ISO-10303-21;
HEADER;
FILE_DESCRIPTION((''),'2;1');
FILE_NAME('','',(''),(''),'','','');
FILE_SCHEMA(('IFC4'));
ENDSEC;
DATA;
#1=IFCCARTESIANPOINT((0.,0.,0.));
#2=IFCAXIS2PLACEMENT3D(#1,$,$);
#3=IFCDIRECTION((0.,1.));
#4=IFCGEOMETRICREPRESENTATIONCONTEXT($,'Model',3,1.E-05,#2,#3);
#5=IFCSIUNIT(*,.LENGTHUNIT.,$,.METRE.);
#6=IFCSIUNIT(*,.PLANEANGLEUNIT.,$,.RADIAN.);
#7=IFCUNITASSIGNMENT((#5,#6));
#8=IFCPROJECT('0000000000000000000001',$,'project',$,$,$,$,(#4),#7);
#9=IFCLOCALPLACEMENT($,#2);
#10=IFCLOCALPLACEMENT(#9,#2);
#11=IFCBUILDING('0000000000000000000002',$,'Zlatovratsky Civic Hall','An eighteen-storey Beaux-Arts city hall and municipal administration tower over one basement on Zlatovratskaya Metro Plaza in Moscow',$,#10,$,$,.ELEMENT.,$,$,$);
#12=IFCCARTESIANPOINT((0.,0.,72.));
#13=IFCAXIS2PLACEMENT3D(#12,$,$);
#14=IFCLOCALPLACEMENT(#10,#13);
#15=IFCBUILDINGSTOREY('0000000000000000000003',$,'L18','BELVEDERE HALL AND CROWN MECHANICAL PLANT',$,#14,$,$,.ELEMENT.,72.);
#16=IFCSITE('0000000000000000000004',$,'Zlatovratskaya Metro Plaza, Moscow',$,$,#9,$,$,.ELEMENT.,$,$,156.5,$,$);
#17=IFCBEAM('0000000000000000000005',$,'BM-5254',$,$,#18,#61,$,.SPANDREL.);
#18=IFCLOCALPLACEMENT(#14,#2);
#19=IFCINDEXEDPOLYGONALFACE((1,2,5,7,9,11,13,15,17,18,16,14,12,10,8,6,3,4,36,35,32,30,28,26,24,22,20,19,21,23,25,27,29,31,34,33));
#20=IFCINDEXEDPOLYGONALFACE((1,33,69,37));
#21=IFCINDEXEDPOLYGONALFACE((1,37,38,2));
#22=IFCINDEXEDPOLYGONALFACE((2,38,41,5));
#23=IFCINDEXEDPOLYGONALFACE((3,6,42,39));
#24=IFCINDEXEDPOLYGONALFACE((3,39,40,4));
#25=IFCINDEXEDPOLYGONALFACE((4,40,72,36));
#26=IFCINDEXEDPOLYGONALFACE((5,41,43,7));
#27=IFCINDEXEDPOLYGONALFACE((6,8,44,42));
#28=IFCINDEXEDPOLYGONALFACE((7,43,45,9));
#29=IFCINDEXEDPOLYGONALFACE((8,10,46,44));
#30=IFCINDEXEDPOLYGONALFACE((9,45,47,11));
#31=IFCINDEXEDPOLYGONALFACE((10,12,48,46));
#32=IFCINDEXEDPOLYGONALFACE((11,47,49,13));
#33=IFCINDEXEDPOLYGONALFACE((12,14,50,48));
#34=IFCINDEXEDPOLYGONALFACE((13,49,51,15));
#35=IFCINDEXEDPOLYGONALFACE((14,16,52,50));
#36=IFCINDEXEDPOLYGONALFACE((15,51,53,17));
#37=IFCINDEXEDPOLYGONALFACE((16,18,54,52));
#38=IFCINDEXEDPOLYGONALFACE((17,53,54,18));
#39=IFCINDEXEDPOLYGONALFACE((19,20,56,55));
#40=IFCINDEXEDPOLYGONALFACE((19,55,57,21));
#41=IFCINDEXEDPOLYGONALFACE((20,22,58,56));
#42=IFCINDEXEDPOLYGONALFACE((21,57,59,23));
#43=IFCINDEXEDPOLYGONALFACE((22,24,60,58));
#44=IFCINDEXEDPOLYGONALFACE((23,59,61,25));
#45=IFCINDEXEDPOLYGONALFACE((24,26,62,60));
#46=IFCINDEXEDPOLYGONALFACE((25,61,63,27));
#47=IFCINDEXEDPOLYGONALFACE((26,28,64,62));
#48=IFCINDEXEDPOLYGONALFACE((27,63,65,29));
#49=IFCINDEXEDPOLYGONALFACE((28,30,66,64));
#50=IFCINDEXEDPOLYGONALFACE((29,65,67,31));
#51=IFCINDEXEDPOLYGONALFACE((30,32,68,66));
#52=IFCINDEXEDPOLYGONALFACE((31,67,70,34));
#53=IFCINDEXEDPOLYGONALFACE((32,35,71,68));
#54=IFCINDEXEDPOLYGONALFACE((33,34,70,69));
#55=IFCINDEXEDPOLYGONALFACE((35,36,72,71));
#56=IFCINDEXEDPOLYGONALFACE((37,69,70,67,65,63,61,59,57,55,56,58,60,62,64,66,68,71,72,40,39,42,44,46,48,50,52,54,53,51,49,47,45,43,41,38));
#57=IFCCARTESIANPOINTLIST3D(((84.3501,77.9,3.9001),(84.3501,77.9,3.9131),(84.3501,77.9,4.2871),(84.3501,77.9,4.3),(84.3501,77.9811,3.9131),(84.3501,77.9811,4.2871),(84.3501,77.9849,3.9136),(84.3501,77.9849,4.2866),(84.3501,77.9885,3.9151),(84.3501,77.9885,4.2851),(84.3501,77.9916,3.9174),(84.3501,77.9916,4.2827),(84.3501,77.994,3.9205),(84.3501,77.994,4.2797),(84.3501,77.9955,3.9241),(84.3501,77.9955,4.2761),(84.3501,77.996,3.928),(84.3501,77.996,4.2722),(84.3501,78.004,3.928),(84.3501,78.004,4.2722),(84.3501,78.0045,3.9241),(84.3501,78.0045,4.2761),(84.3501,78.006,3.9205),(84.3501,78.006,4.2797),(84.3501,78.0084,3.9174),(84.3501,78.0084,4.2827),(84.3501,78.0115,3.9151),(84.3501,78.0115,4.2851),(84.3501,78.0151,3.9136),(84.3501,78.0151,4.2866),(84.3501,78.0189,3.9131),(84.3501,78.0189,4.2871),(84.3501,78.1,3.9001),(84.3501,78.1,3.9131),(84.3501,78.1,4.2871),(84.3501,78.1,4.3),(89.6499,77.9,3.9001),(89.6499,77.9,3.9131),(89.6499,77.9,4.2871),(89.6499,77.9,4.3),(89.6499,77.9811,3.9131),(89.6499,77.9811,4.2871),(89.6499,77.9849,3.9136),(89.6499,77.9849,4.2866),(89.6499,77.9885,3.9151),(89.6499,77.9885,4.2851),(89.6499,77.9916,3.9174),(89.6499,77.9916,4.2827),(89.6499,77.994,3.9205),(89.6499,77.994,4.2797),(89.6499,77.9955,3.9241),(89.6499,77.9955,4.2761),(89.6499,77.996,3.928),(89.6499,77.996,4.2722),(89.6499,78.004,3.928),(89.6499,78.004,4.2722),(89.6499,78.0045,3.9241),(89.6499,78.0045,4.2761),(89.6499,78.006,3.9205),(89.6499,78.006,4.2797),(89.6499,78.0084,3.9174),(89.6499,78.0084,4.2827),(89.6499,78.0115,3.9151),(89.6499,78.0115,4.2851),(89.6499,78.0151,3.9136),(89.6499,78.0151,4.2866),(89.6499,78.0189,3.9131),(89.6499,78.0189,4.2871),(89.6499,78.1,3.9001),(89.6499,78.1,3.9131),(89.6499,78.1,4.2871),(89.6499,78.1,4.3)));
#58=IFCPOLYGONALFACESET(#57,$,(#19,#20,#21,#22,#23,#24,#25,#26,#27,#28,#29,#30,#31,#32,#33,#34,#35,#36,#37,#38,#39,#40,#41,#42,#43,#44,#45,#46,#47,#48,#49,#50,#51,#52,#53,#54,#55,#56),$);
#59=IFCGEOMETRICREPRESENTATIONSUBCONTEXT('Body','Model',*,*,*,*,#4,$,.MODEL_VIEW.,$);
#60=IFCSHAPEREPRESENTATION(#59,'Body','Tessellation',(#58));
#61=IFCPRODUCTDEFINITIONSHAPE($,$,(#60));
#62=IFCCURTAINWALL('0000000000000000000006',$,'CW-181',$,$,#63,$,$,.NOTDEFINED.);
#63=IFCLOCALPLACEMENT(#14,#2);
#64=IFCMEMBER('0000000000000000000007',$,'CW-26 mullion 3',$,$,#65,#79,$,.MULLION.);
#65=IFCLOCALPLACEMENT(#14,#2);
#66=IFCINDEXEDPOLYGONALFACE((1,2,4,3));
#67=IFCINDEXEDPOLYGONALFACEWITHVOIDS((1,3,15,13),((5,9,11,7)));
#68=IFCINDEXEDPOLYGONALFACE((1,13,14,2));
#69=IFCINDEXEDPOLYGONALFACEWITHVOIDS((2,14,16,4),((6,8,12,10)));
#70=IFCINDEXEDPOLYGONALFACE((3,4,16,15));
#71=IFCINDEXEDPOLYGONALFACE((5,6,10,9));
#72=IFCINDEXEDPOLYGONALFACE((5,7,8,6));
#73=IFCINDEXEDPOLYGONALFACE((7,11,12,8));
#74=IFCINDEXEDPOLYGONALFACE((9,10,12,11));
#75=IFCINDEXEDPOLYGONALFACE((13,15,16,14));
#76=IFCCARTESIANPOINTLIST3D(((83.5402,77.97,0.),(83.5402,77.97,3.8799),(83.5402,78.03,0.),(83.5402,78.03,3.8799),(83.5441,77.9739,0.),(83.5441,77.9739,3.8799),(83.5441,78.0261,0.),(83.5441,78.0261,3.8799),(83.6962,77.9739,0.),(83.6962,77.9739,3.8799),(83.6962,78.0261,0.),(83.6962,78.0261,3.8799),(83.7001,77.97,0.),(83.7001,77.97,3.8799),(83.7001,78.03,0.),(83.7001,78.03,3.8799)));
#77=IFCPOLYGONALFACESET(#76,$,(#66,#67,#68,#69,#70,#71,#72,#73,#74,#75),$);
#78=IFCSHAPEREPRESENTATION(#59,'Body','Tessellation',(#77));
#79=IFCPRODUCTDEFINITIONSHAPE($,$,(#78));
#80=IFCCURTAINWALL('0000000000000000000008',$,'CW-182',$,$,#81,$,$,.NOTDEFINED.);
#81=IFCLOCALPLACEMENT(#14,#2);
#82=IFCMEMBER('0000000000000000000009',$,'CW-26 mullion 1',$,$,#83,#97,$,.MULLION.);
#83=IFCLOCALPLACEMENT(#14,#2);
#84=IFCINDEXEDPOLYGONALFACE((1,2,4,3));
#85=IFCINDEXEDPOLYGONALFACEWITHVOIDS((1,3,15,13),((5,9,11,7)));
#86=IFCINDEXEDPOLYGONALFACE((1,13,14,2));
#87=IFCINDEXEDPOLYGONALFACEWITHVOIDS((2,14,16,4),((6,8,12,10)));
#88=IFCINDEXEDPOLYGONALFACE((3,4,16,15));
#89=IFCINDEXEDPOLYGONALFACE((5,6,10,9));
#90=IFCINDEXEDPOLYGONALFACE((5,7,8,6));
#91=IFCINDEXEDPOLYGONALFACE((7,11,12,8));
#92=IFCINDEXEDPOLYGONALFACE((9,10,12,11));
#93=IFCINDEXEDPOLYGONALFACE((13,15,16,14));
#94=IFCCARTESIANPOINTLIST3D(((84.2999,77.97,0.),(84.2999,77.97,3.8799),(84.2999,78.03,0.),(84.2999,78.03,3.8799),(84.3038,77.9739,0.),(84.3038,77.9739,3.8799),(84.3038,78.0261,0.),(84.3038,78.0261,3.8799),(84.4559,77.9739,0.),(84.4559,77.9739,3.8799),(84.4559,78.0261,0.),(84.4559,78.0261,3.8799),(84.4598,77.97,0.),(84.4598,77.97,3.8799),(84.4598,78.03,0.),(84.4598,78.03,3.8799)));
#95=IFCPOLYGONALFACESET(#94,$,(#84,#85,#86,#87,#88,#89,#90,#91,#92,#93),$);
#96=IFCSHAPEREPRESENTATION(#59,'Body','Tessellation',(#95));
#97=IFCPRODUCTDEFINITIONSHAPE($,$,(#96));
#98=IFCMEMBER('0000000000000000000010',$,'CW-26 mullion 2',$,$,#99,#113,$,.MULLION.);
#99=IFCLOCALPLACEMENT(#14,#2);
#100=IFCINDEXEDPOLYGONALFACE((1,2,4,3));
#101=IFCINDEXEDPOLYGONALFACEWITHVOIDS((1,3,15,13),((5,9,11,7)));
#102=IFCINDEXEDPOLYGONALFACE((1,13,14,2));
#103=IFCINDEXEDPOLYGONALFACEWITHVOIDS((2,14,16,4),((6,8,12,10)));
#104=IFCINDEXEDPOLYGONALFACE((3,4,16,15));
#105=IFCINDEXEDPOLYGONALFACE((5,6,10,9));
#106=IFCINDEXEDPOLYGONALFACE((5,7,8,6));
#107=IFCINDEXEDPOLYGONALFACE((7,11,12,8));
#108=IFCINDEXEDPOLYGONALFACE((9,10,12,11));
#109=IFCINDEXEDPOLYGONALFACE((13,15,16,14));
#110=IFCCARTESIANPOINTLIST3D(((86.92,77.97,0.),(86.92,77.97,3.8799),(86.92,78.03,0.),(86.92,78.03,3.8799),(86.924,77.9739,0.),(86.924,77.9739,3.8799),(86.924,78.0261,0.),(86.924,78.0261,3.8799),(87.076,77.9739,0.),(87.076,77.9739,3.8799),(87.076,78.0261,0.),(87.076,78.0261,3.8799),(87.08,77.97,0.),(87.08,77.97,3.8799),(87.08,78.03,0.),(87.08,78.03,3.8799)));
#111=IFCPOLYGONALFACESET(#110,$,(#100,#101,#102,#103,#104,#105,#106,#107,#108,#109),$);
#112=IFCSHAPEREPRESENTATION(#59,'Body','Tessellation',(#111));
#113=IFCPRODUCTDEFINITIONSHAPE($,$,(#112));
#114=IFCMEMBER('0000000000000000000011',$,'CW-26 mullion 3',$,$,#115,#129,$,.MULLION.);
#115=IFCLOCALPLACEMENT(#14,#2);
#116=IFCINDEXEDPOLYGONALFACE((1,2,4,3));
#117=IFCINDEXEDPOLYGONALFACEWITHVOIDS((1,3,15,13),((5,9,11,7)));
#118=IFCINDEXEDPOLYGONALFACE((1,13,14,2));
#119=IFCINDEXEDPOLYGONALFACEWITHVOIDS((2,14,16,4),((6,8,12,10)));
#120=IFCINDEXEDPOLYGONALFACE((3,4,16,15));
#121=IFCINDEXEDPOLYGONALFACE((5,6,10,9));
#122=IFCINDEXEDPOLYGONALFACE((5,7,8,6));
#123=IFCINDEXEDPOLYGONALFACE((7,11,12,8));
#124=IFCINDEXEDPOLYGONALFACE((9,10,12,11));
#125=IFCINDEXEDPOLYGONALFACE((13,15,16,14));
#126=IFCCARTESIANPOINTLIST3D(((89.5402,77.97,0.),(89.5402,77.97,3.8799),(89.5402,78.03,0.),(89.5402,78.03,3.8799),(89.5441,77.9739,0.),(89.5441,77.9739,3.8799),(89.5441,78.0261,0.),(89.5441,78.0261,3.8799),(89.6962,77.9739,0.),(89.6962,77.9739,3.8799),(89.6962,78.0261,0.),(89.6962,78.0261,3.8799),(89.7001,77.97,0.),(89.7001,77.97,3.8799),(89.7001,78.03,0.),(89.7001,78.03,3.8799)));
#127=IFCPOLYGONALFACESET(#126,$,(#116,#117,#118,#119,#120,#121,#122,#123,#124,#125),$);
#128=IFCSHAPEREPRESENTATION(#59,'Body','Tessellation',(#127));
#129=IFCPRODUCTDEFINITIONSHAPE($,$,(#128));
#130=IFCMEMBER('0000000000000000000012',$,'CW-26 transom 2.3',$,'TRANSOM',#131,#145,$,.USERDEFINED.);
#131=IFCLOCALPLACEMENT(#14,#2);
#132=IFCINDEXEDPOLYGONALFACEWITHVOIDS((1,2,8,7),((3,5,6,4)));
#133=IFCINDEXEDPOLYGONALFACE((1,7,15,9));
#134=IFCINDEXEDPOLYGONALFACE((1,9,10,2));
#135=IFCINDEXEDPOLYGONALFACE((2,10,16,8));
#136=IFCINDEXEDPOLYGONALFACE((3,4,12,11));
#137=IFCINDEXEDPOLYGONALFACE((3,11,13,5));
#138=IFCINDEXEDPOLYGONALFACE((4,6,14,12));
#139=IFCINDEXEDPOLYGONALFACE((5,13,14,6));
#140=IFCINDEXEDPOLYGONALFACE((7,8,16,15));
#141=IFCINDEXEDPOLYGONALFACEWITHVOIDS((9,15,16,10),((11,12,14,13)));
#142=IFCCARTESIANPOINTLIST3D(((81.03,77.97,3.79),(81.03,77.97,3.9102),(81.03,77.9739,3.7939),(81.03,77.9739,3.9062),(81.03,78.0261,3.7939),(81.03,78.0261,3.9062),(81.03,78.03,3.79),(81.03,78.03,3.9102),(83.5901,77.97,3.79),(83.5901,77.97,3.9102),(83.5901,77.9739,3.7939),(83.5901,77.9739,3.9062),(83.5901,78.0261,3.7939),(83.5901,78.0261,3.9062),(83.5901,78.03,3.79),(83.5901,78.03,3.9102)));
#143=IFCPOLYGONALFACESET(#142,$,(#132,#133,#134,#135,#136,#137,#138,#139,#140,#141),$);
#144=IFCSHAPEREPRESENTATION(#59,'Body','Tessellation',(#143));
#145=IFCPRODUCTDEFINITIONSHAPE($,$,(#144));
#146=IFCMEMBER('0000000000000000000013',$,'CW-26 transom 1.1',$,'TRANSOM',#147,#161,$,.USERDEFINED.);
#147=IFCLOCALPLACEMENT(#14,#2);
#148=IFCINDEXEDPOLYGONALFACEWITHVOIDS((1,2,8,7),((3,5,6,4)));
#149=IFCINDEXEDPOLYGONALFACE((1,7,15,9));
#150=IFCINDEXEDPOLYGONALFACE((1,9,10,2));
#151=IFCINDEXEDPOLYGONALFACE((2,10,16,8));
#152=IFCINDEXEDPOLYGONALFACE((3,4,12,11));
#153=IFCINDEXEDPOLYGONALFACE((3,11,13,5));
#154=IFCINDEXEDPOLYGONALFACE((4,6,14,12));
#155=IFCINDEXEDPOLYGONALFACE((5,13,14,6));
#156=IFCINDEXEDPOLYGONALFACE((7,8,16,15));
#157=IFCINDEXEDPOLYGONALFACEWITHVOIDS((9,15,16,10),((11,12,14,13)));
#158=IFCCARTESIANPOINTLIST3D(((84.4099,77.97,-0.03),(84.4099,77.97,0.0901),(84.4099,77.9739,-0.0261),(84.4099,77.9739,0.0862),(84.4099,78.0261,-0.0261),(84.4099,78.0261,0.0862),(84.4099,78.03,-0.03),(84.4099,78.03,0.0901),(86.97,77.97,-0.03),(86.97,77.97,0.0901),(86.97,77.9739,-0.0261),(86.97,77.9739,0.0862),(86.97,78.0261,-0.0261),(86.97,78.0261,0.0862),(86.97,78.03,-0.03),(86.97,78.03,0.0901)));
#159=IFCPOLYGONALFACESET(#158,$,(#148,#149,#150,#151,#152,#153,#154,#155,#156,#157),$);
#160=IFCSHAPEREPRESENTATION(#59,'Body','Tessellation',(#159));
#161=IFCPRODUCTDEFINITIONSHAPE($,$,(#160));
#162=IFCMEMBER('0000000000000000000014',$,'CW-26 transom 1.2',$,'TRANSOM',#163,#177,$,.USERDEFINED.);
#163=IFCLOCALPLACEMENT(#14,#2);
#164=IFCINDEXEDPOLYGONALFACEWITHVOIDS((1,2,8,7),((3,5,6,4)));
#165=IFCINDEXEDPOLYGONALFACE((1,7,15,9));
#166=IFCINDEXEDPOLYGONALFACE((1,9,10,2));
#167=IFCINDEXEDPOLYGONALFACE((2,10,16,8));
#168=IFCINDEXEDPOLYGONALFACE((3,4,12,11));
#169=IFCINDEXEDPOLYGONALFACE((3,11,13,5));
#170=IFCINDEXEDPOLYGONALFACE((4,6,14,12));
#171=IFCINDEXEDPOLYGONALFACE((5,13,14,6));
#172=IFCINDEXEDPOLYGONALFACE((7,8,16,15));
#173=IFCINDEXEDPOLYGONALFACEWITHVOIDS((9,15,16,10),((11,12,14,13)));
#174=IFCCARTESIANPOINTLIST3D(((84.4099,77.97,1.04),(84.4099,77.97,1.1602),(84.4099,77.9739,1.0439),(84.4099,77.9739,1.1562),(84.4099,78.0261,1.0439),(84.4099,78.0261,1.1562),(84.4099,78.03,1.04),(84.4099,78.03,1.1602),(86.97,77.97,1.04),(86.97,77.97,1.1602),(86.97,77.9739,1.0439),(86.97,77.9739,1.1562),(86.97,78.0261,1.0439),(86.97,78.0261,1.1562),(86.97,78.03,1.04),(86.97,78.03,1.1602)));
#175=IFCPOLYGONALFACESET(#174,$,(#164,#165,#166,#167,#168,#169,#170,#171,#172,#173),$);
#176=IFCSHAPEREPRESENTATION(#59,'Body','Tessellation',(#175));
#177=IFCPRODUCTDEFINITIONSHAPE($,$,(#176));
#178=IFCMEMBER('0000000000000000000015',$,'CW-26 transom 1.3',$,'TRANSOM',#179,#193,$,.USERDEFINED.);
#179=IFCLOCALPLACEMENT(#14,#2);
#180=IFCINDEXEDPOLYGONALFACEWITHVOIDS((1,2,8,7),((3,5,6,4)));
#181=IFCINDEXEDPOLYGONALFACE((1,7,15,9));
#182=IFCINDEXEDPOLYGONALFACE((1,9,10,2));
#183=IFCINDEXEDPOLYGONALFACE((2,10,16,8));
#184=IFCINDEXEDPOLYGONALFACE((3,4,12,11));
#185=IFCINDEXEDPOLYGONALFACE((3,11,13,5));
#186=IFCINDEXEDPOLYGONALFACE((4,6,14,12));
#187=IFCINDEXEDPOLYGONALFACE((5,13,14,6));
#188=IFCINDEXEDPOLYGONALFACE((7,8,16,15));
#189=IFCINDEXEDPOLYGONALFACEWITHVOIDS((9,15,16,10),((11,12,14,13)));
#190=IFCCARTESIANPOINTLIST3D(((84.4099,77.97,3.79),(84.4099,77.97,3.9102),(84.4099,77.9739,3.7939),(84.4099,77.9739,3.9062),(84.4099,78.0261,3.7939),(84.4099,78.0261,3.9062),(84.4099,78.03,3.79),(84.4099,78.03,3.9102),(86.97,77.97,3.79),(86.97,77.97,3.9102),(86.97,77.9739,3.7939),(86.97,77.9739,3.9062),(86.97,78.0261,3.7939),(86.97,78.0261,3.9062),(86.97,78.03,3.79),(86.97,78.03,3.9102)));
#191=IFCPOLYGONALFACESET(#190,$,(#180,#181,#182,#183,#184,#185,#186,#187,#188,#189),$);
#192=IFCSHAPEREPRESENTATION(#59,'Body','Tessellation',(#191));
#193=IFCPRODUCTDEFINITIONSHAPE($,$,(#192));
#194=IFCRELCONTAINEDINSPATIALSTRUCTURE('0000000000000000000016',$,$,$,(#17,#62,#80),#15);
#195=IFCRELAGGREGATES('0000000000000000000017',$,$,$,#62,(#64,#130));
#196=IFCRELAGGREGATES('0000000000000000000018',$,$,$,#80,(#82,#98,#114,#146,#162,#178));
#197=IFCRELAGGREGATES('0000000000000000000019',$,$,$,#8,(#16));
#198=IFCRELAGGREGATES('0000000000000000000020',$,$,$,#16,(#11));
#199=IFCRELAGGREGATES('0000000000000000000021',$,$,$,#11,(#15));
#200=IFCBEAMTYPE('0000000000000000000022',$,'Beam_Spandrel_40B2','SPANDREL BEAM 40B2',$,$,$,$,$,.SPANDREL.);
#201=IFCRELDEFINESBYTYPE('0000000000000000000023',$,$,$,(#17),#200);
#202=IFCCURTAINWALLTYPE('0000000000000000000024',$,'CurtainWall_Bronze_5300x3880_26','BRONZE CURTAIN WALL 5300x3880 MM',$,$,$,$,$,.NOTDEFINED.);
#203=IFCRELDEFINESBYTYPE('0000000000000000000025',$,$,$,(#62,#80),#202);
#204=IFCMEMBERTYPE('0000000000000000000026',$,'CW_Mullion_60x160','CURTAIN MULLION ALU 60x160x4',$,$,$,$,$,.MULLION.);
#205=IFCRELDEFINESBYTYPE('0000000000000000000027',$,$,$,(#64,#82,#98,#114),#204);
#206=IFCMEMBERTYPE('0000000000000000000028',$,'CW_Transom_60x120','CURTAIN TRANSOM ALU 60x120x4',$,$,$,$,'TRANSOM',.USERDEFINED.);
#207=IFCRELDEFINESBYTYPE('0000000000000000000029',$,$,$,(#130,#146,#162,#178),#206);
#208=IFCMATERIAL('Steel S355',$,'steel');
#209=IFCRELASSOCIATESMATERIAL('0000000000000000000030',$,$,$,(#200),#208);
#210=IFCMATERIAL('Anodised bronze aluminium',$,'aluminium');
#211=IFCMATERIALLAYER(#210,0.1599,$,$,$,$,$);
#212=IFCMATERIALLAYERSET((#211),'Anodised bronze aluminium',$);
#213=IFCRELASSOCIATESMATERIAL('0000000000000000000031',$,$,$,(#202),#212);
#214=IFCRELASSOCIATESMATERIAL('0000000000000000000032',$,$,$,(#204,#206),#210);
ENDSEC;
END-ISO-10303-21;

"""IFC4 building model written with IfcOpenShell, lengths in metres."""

from ifc_helpers import new_model, si_unit, direction, frame, origin, origin_2d, place, context, subcontext, project, spatial, hollow_rectangle, i_section, extrude, material, layer, layer_set, material_profile, profile_set, type_object, element, aggregate, save


model = new_model("IFC4")

# Units and contexts
model_context = context("Model", 3, precision=1e-05, world=origin(), true_north=direction((0.0, 1.0)))
body_context = subcontext(model_context, "Body", "Model", "MODEL_VIEW")
ifc_project = project(units=[si_unit("LENGTHUNIT", "METRE"), si_unit("PLANEANGLEUNIT", "RADIAN")], contexts=[model_context])

# Site, building, storey
site_placement = place(None, origin())
site = spatial("IfcSite", under=ifc_project, at=site_placement, Name="Zlatovratskaya Metro Plaza, Moscow", CompositionType="ELEMENT", RefElevation=156.5)
building_placement = place(site_placement, origin())
building = spatial("IfcBuilding", under=site, at=building_placement, Name="Zlatovratsky Civic Hall", Description="An eighteen-storey Beaux-Arts city hall and municipal administration tower over one basement on Zlatovratskaya Metro Plaza in Moscow", CompositionType="ELEMENT")
storey_placement = place(building_placement, frame((0.0, 0.0, 72.0)))
storey = spatial("IfcBuildingStorey", under=building, at=storey_placement, Name="L18", Description="BELVEDERE HALL AND CROWN MECHANICAL PLANT", CompositionType="ELEMENT", Elevation=72.0)

# Beam
ifc_material_1 = material(Name="Steel S355", Category="steel")
ifc_material_profile_1 = material_profile(ifc_material_1, i_section(OverallWidth=0.2, OverallDepth=0.3999, WebThickness=0.0081, FlangeThickness=0.0129, FilletRadius=0.0149, at=origin_2d()), Name="40B2")
ifc_profile_set_1 = profile_set([ifc_material_profile_1], Name="Steel S355")
beam_type_1 = type_object("IfcBeamType", Name="Beam_Spandrel_40B2", Description="SPANDREL BEAM 40B2", PredefinedType="SPANDREL", material=ifc_profile_set_1)
beam_placement = place(storey_placement, frame((84.3501, 78.0, 4.1001), z_axis=(1.0, 0.0, 0.0), x_axis=(0.0, 1.0, 0.0)))
element("IfcBeam", 1, at=beam_placement, inside=storey, type_object=beam_type_1, Name="BM-5254", PredefinedType="SPANDREL", context=body_context, shape_type="SweptSolid", body=[
    extrude(i_section(OverallWidth=0.2, OverallDepth=0.3999, WebThickness=0.0081, FlangeThickness=0.0129, FilletRadius=0.0149, at=origin_2d()), origin(), (0.0, 0.0, 1.0), 5.2998),
])

# Curtain wall, member
ifc_material_2 = material(Name="Anodised bronze aluminium", Category="aluminium")
ifc_layer_1 = layer(ifc_material_2, 0.1599)
ifc_layer_set_1 = layer_set([ifc_layer_1], Name="Anodised bronze aluminium")
curtain_wall_type = type_object("IfcCurtainWallType", Name="CurtainWall_Bronze_5300x3880_26", Description="BRONZE CURTAIN WALL 5300x3880 MM", PredefinedType="NOTDEFINED", material=ifc_layer_set_1)
curtain_wall_1_placement = place(storey_placement, origin())
curtain_wall_1 = element("IfcCurtainWall", 2, at=curtain_wall_1_placement, inside=storey, type_object=curtain_wall_type, Name="CW-181", PredefinedType="NOTDEFINED")
ifc_material_profile_2 = material_profile(ifc_material_2, hollow_rectangle(XDim=0.0601, YDim=0.1599, WallThickness=0.0039, at=origin_2d()), Name="ALU 60x160x4")
ifc_profile_set_2 = profile_set([ifc_material_profile_2], Name="Anodised bronze aluminium")
member_type_1 = type_object("IfcMemberType", Name="CW_Mullion_60x160", Description="CURTAIN MULLION ALU 60x160x4", PredefinedType="MULLION", material=ifc_profile_set_2)
member_1_placement = place(storey_placement, frame((83.6201, 78.0, 0.0), z_axis=(0.0, 0.0, 1.0), x_axis=(0.0, 1.0, 0.0)))
member_1 = element("IfcMember", 3, at=member_1_placement, type_object=member_type_1, Name="CW-26 mullion 3", PredefinedType="MULLION", context=body_context, shape_type="SweptSolid", body=[
    extrude(hollow_rectangle(XDim=0.0601, YDim=0.1599, WallThickness=0.0039, at=origin_2d()), origin(), (0.0, 0.0, 1.0), 3.8799),
])

# Curtain wall, members
curtain_wall_2_placement = place(storey_placement, origin())
curtain_wall_2 = element("IfcCurtainWall", 4, at=curtain_wall_2_placement, inside=storey, type_object=curtain_wall_type, Name="CW-182", PredefinedType="NOTDEFINED")
member_2_placement = place(storey_placement, frame((84.3799, 78.0, 0.0), z_axis=(0.0, 0.0, 1.0), x_axis=(0.0, 1.0, 0.0)))
member_2 = element("IfcMember", 5, at=member_2_placement, type_object=member_type_1, Name="CW-26 mullion 1", PredefinedType="MULLION", context=body_context, shape_type="SweptSolid", body=[
    extrude(hollow_rectangle(XDim=0.0601, YDim=0.1599, WallThickness=0.0039, at=origin_2d()), origin(), (0.0, 0.0, 1.0), 3.8799),
])
member_3_placement = place(storey_placement, frame((87.0, 78.0, 0.0), z_axis=(0.0, 0.0, 1.0), x_axis=(0.0, 1.0, 0.0)))
member_3 = element("IfcMember", 6, at=member_3_placement, type_object=member_type_1, Name="CW-26 mullion 2", PredefinedType="MULLION", context=body_context, shape_type="SweptSolid", body=[
    extrude(hollow_rectangle(XDim=0.0601, YDim=0.1599, WallThickness=0.0039, at=origin_2d()), origin(), (0.0, 0.0, 1.0), 3.8799),
])
member_4_placement = place(storey_placement, frame((89.6201, 78.0, 0.0), z_axis=(0.0, 0.0, 1.0), x_axis=(0.0, 1.0, 0.0)))
member_4 = element("IfcMember", 7, at=member_4_placement, type_object=member_type_1, Name="CW-26 mullion 3", PredefinedType="MULLION", context=body_context, shape_type="SweptSolid", body=[
    extrude(hollow_rectangle(XDim=0.0601, YDim=0.1599, WallThickness=0.0039, at=origin_2d()), origin(), (0.0, 0.0, 1.0), 3.8799),
])

# Members
ifc_material_profile_3 = material_profile(ifc_material_2, hollow_rectangle(XDim=0.0601, YDim=0.1201, WallThickness=0.0039, at=origin_2d()), Name="ALU 60x120x4")
ifc_profile_set_3 = profile_set([ifc_material_profile_3], Name="Anodised bronze aluminium")
member_type_2 = type_object("IfcMemberType", Name="CW_Transom_60x120", Description="CURTAIN TRANSOM ALU 60x120x4", ElementType="TRANSOM", PredefinedType="USERDEFINED", material=ifc_profile_set_3)
member_5_placement = place(storey_placement, frame((81.03, 78.0, 3.8501), z_axis=(1.0, 0.0, 0.0), x_axis=(0.0, 1.0, 0.0)))
member_5 = element("IfcMember", 8, at=member_5_placement, type_object=member_type_2, Name="CW-26 transom 2.3", ObjectType="TRANSOM", PredefinedType="USERDEFINED", context=body_context, shape_type="SweptSolid", body=[
    extrude(hollow_rectangle(XDim=0.0601, YDim=0.1201, WallThickness=0.0039, at=origin_2d()), origin(), (0.0, 0.0, 1.0), 2.5601),
])
member_6_placement = place(storey_placement, frame((84.4099, 78.0, 0.03), z_axis=(1.0, 0.0, 0.0), x_axis=(0.0, 1.0, 0.0)))
member_6 = element("IfcMember", 9, at=member_6_placement, type_object=member_type_2, Name="CW-26 transom 1.1", ObjectType="TRANSOM", PredefinedType="USERDEFINED", context=body_context, shape_type="SweptSolid", body=[
    extrude(hollow_rectangle(XDim=0.0601, YDim=0.1201, WallThickness=0.0039, at=origin_2d()), origin(), (0.0, 0.0, 1.0), 2.5601),
])
member_7_placement = place(storey_placement, frame((84.4099, 78.0, 1.1001), z_axis=(1.0, 0.0, 0.0), x_axis=(0.0, 1.0, 0.0)))
member_7 = element("IfcMember", 10, at=member_7_placement, type_object=member_type_2, Name="CW-26 transom 1.2", ObjectType="TRANSOM", PredefinedType="USERDEFINED", context=body_context, shape_type="SweptSolid", body=[
    extrude(hollow_rectangle(XDim=0.0601, YDim=0.1201, WallThickness=0.0039, at=origin_2d()), origin(), (0.0, 0.0, 1.0), 2.5601),
])
member_8_placement = place(storey_placement, frame((84.4099, 78.0, 3.8501), z_axis=(1.0, 0.0, 0.0), x_axis=(0.0, 1.0, 0.0)))
member_8 = element("IfcMember", 11, at=member_8_placement, type_object=member_type_2, Name="CW-26 transom 1.3", ObjectType="TRANSOM", PredefinedType="USERDEFINED", context=body_context, shape_type="SweptSolid", body=[
    extrude(hollow_rectangle(XDim=0.0601, YDim=0.1201, WallThickness=0.0039, at=origin_2d()), origin(), (0.0, 0.0, 1.0), 2.5601),
])

aggregate(curtain_wall_1, [member_1, member_5])
aggregate(curtain_wall_2, [member_2, member_3, member_4, member_6, member_7, member_8])

save(model, "model.ifc")
